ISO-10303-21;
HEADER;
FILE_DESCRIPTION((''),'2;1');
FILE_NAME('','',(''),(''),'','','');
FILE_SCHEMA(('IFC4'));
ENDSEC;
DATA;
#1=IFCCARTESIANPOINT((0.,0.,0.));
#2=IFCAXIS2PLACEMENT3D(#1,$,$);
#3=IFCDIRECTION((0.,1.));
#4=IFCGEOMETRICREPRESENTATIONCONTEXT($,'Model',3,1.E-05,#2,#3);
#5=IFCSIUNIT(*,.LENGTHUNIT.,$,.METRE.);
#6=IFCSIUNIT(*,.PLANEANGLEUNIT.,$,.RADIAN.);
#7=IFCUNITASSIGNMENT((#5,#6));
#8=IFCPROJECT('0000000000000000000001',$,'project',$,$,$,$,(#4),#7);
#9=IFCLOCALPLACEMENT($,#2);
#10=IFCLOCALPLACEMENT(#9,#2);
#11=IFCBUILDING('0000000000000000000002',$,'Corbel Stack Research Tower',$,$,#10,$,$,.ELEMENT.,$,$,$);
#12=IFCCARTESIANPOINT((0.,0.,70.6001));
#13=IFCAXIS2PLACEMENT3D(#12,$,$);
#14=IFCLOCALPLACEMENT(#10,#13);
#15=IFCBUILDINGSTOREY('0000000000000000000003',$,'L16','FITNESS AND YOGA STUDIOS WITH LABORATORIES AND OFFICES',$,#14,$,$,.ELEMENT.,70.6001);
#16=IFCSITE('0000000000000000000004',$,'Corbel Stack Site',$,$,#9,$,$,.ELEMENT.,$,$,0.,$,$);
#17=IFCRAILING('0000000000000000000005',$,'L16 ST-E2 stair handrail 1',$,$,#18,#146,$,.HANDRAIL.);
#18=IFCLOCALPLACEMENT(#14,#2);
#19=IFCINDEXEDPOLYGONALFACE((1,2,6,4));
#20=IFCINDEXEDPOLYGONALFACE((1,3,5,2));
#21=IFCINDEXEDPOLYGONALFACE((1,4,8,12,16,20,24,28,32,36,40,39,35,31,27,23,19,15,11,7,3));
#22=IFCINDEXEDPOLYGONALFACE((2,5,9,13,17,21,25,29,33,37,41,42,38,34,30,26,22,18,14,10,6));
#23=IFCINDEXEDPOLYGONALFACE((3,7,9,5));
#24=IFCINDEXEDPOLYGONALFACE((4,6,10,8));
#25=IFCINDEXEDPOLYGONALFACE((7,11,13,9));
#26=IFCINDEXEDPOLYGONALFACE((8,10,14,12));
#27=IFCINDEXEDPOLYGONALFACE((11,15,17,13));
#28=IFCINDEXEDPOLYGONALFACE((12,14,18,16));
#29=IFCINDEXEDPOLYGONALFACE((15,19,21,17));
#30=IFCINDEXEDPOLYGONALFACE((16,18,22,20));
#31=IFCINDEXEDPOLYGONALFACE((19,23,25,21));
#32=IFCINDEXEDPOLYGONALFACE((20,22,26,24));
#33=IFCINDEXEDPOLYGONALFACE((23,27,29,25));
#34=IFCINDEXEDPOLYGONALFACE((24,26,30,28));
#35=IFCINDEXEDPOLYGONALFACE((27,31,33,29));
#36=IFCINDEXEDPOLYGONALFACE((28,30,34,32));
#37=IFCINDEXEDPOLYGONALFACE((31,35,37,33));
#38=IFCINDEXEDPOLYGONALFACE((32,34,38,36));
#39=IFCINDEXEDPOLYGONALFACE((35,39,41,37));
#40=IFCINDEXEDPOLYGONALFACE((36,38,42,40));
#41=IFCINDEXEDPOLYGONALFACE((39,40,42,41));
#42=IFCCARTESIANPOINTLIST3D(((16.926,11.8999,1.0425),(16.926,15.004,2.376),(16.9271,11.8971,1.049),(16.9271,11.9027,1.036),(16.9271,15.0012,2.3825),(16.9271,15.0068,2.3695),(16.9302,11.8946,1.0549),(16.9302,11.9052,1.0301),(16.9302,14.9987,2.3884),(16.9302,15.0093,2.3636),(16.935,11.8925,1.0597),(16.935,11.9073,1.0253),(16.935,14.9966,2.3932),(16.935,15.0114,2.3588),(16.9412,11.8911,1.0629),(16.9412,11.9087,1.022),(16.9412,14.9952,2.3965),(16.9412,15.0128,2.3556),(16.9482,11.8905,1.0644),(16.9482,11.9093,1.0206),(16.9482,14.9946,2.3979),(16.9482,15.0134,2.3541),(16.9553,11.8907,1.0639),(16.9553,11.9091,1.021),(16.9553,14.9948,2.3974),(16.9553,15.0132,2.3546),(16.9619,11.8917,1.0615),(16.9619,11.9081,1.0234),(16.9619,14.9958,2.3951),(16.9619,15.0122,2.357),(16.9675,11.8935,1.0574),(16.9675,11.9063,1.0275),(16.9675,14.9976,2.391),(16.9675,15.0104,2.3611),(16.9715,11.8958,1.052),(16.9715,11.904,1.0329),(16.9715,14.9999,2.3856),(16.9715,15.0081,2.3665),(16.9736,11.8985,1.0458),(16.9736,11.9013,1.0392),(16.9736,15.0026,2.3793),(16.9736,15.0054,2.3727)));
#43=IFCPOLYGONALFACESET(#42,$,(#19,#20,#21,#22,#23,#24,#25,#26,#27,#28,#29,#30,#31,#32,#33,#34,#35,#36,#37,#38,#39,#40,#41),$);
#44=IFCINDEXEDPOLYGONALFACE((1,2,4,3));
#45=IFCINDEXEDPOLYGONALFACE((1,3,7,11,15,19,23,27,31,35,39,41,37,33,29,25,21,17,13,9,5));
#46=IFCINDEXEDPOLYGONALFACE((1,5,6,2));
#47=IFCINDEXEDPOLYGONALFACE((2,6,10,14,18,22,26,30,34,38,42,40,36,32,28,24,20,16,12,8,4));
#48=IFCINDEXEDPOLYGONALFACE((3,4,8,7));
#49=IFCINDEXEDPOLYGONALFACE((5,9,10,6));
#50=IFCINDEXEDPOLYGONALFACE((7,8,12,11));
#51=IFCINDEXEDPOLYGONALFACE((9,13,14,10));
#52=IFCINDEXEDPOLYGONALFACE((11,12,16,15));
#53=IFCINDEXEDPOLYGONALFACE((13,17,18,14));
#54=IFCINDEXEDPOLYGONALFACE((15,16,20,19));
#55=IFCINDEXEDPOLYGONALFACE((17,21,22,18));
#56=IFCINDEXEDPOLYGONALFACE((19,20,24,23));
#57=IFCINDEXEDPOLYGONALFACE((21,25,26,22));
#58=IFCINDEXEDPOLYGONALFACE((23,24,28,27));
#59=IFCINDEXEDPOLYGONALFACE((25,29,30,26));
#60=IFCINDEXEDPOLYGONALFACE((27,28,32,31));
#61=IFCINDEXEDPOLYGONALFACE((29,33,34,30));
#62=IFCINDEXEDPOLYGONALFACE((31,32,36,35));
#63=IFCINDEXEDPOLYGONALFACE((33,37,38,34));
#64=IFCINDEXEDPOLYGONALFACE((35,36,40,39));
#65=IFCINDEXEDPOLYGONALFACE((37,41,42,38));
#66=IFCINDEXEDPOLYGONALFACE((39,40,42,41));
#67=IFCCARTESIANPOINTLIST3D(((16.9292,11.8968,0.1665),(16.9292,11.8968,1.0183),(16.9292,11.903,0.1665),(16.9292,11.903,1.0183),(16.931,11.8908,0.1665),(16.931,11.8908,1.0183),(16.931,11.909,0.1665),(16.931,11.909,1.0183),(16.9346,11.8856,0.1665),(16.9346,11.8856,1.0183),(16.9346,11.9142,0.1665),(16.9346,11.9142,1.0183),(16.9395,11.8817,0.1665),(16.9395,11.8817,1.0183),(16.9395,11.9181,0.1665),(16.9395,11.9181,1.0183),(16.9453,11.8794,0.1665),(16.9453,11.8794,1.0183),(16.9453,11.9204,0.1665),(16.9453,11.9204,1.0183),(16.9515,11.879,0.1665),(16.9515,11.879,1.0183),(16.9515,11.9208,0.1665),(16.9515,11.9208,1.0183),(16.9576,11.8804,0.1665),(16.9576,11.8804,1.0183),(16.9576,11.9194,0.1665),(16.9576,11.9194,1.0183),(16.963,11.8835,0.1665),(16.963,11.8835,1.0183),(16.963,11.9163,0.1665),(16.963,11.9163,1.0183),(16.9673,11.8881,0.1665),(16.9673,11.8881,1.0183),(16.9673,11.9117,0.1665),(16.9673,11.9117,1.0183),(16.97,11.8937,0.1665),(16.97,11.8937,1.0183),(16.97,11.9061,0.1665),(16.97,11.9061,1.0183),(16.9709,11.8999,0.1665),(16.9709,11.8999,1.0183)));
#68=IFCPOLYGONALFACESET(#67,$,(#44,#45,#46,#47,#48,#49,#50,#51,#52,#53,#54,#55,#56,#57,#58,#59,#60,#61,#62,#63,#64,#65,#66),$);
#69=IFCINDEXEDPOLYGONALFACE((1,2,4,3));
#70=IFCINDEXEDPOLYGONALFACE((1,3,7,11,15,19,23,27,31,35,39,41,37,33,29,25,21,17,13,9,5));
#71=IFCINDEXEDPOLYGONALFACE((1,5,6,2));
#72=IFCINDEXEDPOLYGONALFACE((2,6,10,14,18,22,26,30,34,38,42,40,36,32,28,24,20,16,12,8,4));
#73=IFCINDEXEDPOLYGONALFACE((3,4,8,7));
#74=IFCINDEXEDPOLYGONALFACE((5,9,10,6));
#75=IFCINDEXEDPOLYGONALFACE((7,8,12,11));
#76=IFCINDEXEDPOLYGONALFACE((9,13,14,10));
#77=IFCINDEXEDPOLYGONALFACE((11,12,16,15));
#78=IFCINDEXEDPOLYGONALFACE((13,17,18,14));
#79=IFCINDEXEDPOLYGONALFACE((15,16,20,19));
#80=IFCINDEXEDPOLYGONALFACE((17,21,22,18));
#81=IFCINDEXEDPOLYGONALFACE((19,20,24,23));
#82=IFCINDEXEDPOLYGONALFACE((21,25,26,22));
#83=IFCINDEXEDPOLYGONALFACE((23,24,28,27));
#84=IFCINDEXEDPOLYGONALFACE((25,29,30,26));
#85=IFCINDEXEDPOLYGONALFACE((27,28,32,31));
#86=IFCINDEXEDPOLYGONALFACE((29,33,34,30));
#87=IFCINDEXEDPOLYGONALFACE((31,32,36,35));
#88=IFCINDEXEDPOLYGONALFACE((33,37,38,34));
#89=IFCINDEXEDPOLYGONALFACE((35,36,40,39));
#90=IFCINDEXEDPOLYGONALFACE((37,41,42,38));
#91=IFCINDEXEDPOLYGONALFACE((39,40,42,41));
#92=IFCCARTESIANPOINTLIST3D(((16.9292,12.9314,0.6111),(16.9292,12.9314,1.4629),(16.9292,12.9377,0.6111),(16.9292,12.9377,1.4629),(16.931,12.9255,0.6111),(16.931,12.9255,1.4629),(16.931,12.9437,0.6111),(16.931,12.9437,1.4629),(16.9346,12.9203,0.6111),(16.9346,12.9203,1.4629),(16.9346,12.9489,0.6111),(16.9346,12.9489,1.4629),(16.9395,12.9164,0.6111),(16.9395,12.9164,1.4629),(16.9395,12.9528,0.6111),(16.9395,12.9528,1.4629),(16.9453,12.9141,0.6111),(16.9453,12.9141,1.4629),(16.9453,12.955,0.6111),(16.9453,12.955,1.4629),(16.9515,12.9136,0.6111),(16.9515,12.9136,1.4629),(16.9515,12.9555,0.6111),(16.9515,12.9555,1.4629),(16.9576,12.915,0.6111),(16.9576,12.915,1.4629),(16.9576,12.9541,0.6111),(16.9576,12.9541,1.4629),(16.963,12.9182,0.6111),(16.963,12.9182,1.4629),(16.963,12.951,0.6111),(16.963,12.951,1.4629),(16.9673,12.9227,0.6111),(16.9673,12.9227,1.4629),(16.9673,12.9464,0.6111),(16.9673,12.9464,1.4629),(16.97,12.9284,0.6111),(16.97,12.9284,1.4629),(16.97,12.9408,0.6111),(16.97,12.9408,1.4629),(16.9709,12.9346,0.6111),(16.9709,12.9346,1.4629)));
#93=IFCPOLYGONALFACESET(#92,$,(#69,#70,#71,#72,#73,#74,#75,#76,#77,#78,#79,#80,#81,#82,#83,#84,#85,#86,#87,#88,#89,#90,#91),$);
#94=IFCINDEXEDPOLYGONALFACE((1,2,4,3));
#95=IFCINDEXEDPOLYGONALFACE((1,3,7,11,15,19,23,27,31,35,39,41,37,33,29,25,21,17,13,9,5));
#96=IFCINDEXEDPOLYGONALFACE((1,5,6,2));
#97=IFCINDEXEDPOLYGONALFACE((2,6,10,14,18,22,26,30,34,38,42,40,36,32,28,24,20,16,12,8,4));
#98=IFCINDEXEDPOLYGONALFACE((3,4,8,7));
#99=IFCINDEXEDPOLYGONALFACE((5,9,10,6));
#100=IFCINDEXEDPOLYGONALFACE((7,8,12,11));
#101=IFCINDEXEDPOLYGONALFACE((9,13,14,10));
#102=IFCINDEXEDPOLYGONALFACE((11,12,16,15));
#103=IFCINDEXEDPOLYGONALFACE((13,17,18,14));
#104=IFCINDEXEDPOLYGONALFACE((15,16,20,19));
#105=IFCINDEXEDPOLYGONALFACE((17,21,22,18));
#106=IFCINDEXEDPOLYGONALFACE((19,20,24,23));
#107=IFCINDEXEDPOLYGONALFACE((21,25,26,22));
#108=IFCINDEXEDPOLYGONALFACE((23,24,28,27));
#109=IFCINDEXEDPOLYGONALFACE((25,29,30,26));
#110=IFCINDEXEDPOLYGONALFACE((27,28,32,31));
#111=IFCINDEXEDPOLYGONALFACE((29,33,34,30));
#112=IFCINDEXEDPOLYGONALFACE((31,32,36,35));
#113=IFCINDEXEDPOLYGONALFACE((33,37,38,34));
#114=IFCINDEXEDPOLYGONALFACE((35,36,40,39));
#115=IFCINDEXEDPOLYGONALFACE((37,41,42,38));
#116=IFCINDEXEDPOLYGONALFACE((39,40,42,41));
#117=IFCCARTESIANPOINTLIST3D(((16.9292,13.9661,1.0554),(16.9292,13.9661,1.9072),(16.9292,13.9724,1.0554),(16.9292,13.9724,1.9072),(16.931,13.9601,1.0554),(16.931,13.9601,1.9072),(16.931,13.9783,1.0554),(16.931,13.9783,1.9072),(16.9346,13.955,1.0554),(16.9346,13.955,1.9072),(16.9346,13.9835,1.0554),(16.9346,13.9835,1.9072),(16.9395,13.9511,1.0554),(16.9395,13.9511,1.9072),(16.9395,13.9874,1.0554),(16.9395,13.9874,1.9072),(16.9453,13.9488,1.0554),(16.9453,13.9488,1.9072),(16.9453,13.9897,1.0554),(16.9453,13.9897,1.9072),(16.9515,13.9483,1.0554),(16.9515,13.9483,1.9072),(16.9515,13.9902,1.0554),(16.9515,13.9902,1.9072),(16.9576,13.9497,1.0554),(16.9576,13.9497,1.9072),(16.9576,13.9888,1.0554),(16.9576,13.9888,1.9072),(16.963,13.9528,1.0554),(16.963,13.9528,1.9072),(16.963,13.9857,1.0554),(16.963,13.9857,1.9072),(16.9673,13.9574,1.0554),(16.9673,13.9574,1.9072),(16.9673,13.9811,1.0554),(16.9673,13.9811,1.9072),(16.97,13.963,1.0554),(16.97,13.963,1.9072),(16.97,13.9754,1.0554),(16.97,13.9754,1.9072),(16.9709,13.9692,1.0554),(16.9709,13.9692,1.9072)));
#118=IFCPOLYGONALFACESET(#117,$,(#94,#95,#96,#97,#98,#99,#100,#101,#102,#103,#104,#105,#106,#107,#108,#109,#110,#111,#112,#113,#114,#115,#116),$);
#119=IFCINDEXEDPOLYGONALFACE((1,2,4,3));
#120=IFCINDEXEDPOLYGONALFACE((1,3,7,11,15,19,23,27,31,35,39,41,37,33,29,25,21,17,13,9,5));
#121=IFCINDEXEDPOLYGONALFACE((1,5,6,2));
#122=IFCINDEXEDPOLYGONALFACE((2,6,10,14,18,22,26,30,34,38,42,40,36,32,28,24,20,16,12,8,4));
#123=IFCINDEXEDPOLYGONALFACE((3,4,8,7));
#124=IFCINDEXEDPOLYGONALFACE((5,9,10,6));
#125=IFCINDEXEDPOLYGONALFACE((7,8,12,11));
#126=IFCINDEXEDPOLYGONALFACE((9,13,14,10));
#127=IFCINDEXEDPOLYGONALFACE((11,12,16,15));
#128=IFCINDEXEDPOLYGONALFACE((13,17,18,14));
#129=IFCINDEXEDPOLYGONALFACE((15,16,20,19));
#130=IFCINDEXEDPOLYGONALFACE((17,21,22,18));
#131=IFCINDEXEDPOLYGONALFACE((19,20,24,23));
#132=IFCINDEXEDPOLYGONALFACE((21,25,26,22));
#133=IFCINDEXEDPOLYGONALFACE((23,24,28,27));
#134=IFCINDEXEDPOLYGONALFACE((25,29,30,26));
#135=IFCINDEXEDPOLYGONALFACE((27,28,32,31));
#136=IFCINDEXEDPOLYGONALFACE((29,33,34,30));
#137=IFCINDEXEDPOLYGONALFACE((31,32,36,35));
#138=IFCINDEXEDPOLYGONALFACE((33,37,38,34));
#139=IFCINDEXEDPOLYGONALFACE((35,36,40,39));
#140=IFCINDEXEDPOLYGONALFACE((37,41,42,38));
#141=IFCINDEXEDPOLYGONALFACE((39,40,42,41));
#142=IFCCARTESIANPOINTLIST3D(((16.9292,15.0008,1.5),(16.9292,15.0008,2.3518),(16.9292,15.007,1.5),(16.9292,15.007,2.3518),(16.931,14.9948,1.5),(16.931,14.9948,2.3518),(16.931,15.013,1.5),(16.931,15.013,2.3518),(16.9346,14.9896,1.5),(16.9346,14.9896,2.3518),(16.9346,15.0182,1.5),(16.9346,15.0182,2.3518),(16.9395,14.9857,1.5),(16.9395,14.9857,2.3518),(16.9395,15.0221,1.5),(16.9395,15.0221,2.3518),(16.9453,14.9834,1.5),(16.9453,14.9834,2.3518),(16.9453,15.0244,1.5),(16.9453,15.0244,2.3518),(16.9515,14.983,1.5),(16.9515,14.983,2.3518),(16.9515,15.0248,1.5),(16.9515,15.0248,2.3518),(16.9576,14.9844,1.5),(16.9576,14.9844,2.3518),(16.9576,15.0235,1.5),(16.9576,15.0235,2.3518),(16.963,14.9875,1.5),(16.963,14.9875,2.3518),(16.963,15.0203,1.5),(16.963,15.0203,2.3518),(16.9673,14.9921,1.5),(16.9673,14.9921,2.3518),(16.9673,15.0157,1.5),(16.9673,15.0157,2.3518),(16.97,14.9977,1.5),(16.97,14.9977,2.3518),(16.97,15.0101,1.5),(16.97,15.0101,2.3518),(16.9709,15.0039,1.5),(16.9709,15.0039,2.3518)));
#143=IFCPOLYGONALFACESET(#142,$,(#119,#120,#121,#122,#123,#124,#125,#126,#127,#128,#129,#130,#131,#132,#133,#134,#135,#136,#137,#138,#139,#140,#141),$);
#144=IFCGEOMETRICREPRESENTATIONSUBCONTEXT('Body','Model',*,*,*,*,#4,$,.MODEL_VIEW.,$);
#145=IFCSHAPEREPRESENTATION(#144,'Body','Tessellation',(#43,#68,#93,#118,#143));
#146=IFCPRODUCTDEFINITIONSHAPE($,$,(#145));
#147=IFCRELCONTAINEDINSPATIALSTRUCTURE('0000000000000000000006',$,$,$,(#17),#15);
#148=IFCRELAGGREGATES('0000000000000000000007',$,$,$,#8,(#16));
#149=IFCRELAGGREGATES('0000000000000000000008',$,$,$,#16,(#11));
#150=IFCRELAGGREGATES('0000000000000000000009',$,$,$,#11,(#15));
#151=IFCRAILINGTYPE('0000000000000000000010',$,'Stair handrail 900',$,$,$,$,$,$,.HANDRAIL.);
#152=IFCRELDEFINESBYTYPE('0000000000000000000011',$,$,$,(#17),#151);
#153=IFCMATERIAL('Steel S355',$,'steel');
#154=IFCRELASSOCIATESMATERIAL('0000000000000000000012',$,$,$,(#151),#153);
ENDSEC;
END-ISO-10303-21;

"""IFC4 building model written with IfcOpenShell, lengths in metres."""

from ifc_helpers import new_model, si_unit, direction, frame, origin, origin_2d, place, context, subcontext, project, spatial, circle, extrude, material, type_object, element, save


model = new_model("IFC4")

# Units and contexts
model_context = context("Model", 3, precision=1e-05, world=origin(), true_north=direction((0.0, 1.0)))
body_context = subcontext(model_context, "Body", "Model", "MODEL_VIEW")
ifc_project = project(units=[si_unit("LENGTHUNIT", "METRE"), si_unit("PLANEANGLEUNIT", "RADIAN")], contexts=[model_context])

# Site, building, storey
site_placement = place(None, origin())
site = spatial("IfcSite", under=ifc_project, at=site_placement, Name="Corbel Stack Site", CompositionType="ELEMENT", RefElevation=0.0)
building_placement = place(site_placement, origin())
building = spatial("IfcBuilding", under=site, at=building_placement, Name="Corbel Stack Research Tower", CompositionType="ELEMENT")
storey_placement = place(building_placement, frame((0.0, 0.0, 70.6001)))
storey = spatial("IfcBuildingStorey", under=building, at=storey_placement, Name="L16", Description="FITNESS AND YOGA STUDIOS WITH LABORATORIES AND OFFICES", CompositionType="ELEMENT", Elevation=70.6001)

# Railing
ifc_material_1 = material(Name="Steel S355", Category="steel")
railing_type_1 = type_object("IfcRailingType", Name="Stair handrail 900", PredefinedType="HANDRAIL", material=ifc_material_1)
for number, where, name in (
    (1, (16.95, 11.8999, 0.1665), "L16 ST-E2 stair handrail 1"),
):
    element("IfcRailing", number, at=place(storey_placement, frame(where)), inside=storey, type_object=railing_type_1, Name=name, PredefinedType="HANDRAIL", context=body_context, shape_type="SweptSolid", body=[
        extrude(circle(Radius=0.0239, at=origin_2d()), frame((0.0, 0.0, 0.876), z_axis=(0.0, 0.918801, 0.394722), x_axis=(-1.0, 0.0, 0.0)), (0.0, 0.0, 1.0), 3.3784),
        extrude(circle(Radius=0.021, at=origin_2d()), origin(), (0.0, 0.0, 1.0), 0.8518),
        extrude(circle(Radius=0.021, at=origin_2d()), frame((0.0, 1.0347, 0.4446)), (0.0, 0.0, 1.0), 0.8518),
        extrude(circle(Radius=0.021, at=origin_2d()), frame((0.0, 2.0693, 0.8889)), (0.0, 0.0, 1.0), 0.8518),
        extrude(circle(Radius=0.021, at=origin_2d()), frame((0.0, 3.104, 1.3335)), (0.0, 0.0, 1.0), 0.8518),
    ])

save(model, "model.ifc")
